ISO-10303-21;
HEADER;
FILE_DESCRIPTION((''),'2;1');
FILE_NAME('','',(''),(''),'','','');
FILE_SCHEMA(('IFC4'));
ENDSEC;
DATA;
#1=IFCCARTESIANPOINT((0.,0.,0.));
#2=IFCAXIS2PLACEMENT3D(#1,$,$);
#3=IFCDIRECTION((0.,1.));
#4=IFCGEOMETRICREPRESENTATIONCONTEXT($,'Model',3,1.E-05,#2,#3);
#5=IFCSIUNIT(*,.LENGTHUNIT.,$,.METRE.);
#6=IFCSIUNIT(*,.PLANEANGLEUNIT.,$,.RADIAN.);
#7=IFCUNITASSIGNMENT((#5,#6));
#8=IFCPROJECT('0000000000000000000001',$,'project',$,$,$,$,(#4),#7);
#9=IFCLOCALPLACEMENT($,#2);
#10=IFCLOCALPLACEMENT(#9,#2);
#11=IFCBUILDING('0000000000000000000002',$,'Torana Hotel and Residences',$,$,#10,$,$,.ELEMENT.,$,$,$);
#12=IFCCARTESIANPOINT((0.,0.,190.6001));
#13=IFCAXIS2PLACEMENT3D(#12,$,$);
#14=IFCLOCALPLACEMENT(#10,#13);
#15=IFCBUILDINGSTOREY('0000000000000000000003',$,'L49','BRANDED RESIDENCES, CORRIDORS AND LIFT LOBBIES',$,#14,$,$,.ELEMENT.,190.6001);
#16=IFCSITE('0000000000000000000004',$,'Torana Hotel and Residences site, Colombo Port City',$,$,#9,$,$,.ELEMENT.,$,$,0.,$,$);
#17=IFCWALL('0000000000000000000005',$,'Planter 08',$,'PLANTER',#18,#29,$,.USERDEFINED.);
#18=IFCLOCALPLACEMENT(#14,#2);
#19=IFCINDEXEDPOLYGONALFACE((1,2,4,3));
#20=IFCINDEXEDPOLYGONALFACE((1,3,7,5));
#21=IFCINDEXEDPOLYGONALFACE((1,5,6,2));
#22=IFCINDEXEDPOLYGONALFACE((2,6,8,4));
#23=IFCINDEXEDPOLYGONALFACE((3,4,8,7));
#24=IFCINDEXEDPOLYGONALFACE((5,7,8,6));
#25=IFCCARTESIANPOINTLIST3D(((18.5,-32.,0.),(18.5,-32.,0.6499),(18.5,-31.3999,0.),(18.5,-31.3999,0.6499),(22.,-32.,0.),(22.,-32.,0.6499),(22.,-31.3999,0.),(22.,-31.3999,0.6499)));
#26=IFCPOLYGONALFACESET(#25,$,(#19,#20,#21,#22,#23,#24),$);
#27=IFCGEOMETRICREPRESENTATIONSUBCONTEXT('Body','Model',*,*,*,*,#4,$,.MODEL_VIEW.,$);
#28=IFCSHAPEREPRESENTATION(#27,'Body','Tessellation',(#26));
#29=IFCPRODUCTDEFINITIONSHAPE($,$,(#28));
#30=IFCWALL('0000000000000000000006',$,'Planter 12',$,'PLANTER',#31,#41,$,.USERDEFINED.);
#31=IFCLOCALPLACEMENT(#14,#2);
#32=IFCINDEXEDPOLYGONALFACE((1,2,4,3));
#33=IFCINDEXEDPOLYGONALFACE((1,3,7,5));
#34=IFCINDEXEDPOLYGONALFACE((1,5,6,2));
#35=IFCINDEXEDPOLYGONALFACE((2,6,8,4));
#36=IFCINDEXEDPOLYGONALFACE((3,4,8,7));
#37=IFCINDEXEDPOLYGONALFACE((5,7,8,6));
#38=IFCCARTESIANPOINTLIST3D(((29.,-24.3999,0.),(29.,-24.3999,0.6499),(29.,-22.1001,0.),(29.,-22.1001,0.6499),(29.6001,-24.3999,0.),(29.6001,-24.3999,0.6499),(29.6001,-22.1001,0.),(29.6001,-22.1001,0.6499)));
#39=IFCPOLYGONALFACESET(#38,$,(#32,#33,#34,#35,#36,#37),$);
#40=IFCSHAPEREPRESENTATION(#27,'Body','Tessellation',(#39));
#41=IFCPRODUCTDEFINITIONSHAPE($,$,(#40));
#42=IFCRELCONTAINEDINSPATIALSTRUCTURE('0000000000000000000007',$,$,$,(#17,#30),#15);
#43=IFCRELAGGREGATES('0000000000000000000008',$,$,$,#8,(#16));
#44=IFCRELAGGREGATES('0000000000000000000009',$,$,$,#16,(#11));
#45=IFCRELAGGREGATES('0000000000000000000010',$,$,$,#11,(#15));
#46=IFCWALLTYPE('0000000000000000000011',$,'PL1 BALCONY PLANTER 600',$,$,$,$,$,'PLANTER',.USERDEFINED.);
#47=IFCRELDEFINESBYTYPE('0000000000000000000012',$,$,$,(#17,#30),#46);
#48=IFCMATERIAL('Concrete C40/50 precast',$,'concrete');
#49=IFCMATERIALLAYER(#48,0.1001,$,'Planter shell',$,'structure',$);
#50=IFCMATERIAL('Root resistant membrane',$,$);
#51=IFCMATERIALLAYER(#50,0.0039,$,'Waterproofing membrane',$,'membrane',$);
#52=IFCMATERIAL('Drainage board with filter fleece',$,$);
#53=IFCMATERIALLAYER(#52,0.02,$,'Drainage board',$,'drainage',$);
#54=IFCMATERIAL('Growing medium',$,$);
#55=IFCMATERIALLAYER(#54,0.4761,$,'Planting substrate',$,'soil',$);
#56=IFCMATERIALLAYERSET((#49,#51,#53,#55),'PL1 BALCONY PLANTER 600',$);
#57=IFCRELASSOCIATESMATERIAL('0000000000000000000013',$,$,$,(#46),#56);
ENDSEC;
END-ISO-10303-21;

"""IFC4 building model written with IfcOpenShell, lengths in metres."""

from ifc_helpers import new_model, si_unit, direction, frame, frame_2d, origin, place, context, subcontext, project, spatial, rectangle, extrude, material, layer, layer_set, type_object, element, save


model = new_model("IFC4")

# Units and contexts
model_context = context("Model", 3, precision=1e-05, world=origin(), true_north=direction((0.0, 1.0)))
body_context = subcontext(model_context, "Body", "Model", "MODEL_VIEW")
ifc_project = project(units=[si_unit("LENGTHUNIT", "METRE"), si_unit("PLANEANGLEUNIT", "RADIAN")], contexts=[model_context])

# Site, building, storey
site_placement = place(None, origin())
site = spatial("IfcSite", under=ifc_project, at=site_placement, Name="Torana Hotel and Residences site, Colombo Port City", CompositionType="ELEMENT", RefElevation=0.0)
building_placement = place(site_placement, origin())
building = spatial("IfcBuilding", under=site, at=building_placement, Name="Torana Hotel and Residences", CompositionType="ELEMENT")
storey_placement = place(building_placement, frame((0.0, 0.0, 190.6001)))
storey = spatial("IfcBuildingStorey", under=building, at=storey_placement, Name="L49", Description="BRANDED RESIDENCES, CORRIDORS AND LIFT LOBBIES", CompositionType="ELEMENT", Elevation=190.6001)

# Walls
ifc_material_1 = material(Name="Concrete C40/50 precast", Category="concrete")
ifc_layer_1 = layer(ifc_material_1, 0.1001, Name="Planter shell", Category="structure")
ifc_material_2 = material(Name="Root resistant membrane")
ifc_layer_2 = layer(ifc_material_2, 0.0039, Name="Waterproofing membrane", Category="membrane")
ifc_material_3 = material(Name="Drainage board with filter fleece")
ifc_layer_3 = layer(ifc_material_3, 0.02, Name="Drainage board", Category="drainage")
ifc_material_4 = material(Name="Growing medium")
ifc_layer_4 = layer(ifc_material_4, 0.4761, Name="Planting substrate", Category="soil")
ifc_layer_set_1 = layer_set([ifc_layer_1, ifc_layer_2, ifc_layer_3, ifc_layer_4], Name="PL1 BALCONY PLANTER 600")
wall_type_1 = type_object("IfcWallType", Name="PL1 BALCONY PLANTER 600", ElementType="PLANTER", PredefinedType="USERDEFINED", material=ifc_layer_set_1)
wall_1_placement = place(storey_placement, frame((22.0, -31.7, 0.0), z_axis=(0.0, 0.0, 1.0), x_axis=(-1.0, 0.0, 0.0)))
element("IfcWall", 1, at=wall_1_placement, inside=storey, type_object=wall_type_1, Name="Planter 08", ObjectType="PLANTER", PredefinedType="USERDEFINED", context=body_context, shape_type="SweptSolid", body=[
    extrude(rectangle(XDim=3.5, YDim=0.6001, at=frame_2d((1.75, 0.0))), origin(), (0.0, 0.0, 1.0), 0.6499),
])
wall_2_placement = place(storey_placement, frame((29.3, -22.1001, 0.0), z_axis=(0.0, 0.0, 1.0), x_axis=(0.0, -1.0, 0.0)))
element("IfcWall", 2, at=wall_2_placement, inside=storey, type_object=wall_type_1, Name="Planter 12", ObjectType="PLANTER", PredefinedType="USERDEFINED", context=body_context, shape_type="SweptSolid", body=[
    extrude(rectangle(XDim=2.2998, YDim=0.6001, at=frame_2d((1.1499, 0.0))), origin(), (0.0, 0.0, 1.0), 0.6499),
])

save(model, "model.ifc")
